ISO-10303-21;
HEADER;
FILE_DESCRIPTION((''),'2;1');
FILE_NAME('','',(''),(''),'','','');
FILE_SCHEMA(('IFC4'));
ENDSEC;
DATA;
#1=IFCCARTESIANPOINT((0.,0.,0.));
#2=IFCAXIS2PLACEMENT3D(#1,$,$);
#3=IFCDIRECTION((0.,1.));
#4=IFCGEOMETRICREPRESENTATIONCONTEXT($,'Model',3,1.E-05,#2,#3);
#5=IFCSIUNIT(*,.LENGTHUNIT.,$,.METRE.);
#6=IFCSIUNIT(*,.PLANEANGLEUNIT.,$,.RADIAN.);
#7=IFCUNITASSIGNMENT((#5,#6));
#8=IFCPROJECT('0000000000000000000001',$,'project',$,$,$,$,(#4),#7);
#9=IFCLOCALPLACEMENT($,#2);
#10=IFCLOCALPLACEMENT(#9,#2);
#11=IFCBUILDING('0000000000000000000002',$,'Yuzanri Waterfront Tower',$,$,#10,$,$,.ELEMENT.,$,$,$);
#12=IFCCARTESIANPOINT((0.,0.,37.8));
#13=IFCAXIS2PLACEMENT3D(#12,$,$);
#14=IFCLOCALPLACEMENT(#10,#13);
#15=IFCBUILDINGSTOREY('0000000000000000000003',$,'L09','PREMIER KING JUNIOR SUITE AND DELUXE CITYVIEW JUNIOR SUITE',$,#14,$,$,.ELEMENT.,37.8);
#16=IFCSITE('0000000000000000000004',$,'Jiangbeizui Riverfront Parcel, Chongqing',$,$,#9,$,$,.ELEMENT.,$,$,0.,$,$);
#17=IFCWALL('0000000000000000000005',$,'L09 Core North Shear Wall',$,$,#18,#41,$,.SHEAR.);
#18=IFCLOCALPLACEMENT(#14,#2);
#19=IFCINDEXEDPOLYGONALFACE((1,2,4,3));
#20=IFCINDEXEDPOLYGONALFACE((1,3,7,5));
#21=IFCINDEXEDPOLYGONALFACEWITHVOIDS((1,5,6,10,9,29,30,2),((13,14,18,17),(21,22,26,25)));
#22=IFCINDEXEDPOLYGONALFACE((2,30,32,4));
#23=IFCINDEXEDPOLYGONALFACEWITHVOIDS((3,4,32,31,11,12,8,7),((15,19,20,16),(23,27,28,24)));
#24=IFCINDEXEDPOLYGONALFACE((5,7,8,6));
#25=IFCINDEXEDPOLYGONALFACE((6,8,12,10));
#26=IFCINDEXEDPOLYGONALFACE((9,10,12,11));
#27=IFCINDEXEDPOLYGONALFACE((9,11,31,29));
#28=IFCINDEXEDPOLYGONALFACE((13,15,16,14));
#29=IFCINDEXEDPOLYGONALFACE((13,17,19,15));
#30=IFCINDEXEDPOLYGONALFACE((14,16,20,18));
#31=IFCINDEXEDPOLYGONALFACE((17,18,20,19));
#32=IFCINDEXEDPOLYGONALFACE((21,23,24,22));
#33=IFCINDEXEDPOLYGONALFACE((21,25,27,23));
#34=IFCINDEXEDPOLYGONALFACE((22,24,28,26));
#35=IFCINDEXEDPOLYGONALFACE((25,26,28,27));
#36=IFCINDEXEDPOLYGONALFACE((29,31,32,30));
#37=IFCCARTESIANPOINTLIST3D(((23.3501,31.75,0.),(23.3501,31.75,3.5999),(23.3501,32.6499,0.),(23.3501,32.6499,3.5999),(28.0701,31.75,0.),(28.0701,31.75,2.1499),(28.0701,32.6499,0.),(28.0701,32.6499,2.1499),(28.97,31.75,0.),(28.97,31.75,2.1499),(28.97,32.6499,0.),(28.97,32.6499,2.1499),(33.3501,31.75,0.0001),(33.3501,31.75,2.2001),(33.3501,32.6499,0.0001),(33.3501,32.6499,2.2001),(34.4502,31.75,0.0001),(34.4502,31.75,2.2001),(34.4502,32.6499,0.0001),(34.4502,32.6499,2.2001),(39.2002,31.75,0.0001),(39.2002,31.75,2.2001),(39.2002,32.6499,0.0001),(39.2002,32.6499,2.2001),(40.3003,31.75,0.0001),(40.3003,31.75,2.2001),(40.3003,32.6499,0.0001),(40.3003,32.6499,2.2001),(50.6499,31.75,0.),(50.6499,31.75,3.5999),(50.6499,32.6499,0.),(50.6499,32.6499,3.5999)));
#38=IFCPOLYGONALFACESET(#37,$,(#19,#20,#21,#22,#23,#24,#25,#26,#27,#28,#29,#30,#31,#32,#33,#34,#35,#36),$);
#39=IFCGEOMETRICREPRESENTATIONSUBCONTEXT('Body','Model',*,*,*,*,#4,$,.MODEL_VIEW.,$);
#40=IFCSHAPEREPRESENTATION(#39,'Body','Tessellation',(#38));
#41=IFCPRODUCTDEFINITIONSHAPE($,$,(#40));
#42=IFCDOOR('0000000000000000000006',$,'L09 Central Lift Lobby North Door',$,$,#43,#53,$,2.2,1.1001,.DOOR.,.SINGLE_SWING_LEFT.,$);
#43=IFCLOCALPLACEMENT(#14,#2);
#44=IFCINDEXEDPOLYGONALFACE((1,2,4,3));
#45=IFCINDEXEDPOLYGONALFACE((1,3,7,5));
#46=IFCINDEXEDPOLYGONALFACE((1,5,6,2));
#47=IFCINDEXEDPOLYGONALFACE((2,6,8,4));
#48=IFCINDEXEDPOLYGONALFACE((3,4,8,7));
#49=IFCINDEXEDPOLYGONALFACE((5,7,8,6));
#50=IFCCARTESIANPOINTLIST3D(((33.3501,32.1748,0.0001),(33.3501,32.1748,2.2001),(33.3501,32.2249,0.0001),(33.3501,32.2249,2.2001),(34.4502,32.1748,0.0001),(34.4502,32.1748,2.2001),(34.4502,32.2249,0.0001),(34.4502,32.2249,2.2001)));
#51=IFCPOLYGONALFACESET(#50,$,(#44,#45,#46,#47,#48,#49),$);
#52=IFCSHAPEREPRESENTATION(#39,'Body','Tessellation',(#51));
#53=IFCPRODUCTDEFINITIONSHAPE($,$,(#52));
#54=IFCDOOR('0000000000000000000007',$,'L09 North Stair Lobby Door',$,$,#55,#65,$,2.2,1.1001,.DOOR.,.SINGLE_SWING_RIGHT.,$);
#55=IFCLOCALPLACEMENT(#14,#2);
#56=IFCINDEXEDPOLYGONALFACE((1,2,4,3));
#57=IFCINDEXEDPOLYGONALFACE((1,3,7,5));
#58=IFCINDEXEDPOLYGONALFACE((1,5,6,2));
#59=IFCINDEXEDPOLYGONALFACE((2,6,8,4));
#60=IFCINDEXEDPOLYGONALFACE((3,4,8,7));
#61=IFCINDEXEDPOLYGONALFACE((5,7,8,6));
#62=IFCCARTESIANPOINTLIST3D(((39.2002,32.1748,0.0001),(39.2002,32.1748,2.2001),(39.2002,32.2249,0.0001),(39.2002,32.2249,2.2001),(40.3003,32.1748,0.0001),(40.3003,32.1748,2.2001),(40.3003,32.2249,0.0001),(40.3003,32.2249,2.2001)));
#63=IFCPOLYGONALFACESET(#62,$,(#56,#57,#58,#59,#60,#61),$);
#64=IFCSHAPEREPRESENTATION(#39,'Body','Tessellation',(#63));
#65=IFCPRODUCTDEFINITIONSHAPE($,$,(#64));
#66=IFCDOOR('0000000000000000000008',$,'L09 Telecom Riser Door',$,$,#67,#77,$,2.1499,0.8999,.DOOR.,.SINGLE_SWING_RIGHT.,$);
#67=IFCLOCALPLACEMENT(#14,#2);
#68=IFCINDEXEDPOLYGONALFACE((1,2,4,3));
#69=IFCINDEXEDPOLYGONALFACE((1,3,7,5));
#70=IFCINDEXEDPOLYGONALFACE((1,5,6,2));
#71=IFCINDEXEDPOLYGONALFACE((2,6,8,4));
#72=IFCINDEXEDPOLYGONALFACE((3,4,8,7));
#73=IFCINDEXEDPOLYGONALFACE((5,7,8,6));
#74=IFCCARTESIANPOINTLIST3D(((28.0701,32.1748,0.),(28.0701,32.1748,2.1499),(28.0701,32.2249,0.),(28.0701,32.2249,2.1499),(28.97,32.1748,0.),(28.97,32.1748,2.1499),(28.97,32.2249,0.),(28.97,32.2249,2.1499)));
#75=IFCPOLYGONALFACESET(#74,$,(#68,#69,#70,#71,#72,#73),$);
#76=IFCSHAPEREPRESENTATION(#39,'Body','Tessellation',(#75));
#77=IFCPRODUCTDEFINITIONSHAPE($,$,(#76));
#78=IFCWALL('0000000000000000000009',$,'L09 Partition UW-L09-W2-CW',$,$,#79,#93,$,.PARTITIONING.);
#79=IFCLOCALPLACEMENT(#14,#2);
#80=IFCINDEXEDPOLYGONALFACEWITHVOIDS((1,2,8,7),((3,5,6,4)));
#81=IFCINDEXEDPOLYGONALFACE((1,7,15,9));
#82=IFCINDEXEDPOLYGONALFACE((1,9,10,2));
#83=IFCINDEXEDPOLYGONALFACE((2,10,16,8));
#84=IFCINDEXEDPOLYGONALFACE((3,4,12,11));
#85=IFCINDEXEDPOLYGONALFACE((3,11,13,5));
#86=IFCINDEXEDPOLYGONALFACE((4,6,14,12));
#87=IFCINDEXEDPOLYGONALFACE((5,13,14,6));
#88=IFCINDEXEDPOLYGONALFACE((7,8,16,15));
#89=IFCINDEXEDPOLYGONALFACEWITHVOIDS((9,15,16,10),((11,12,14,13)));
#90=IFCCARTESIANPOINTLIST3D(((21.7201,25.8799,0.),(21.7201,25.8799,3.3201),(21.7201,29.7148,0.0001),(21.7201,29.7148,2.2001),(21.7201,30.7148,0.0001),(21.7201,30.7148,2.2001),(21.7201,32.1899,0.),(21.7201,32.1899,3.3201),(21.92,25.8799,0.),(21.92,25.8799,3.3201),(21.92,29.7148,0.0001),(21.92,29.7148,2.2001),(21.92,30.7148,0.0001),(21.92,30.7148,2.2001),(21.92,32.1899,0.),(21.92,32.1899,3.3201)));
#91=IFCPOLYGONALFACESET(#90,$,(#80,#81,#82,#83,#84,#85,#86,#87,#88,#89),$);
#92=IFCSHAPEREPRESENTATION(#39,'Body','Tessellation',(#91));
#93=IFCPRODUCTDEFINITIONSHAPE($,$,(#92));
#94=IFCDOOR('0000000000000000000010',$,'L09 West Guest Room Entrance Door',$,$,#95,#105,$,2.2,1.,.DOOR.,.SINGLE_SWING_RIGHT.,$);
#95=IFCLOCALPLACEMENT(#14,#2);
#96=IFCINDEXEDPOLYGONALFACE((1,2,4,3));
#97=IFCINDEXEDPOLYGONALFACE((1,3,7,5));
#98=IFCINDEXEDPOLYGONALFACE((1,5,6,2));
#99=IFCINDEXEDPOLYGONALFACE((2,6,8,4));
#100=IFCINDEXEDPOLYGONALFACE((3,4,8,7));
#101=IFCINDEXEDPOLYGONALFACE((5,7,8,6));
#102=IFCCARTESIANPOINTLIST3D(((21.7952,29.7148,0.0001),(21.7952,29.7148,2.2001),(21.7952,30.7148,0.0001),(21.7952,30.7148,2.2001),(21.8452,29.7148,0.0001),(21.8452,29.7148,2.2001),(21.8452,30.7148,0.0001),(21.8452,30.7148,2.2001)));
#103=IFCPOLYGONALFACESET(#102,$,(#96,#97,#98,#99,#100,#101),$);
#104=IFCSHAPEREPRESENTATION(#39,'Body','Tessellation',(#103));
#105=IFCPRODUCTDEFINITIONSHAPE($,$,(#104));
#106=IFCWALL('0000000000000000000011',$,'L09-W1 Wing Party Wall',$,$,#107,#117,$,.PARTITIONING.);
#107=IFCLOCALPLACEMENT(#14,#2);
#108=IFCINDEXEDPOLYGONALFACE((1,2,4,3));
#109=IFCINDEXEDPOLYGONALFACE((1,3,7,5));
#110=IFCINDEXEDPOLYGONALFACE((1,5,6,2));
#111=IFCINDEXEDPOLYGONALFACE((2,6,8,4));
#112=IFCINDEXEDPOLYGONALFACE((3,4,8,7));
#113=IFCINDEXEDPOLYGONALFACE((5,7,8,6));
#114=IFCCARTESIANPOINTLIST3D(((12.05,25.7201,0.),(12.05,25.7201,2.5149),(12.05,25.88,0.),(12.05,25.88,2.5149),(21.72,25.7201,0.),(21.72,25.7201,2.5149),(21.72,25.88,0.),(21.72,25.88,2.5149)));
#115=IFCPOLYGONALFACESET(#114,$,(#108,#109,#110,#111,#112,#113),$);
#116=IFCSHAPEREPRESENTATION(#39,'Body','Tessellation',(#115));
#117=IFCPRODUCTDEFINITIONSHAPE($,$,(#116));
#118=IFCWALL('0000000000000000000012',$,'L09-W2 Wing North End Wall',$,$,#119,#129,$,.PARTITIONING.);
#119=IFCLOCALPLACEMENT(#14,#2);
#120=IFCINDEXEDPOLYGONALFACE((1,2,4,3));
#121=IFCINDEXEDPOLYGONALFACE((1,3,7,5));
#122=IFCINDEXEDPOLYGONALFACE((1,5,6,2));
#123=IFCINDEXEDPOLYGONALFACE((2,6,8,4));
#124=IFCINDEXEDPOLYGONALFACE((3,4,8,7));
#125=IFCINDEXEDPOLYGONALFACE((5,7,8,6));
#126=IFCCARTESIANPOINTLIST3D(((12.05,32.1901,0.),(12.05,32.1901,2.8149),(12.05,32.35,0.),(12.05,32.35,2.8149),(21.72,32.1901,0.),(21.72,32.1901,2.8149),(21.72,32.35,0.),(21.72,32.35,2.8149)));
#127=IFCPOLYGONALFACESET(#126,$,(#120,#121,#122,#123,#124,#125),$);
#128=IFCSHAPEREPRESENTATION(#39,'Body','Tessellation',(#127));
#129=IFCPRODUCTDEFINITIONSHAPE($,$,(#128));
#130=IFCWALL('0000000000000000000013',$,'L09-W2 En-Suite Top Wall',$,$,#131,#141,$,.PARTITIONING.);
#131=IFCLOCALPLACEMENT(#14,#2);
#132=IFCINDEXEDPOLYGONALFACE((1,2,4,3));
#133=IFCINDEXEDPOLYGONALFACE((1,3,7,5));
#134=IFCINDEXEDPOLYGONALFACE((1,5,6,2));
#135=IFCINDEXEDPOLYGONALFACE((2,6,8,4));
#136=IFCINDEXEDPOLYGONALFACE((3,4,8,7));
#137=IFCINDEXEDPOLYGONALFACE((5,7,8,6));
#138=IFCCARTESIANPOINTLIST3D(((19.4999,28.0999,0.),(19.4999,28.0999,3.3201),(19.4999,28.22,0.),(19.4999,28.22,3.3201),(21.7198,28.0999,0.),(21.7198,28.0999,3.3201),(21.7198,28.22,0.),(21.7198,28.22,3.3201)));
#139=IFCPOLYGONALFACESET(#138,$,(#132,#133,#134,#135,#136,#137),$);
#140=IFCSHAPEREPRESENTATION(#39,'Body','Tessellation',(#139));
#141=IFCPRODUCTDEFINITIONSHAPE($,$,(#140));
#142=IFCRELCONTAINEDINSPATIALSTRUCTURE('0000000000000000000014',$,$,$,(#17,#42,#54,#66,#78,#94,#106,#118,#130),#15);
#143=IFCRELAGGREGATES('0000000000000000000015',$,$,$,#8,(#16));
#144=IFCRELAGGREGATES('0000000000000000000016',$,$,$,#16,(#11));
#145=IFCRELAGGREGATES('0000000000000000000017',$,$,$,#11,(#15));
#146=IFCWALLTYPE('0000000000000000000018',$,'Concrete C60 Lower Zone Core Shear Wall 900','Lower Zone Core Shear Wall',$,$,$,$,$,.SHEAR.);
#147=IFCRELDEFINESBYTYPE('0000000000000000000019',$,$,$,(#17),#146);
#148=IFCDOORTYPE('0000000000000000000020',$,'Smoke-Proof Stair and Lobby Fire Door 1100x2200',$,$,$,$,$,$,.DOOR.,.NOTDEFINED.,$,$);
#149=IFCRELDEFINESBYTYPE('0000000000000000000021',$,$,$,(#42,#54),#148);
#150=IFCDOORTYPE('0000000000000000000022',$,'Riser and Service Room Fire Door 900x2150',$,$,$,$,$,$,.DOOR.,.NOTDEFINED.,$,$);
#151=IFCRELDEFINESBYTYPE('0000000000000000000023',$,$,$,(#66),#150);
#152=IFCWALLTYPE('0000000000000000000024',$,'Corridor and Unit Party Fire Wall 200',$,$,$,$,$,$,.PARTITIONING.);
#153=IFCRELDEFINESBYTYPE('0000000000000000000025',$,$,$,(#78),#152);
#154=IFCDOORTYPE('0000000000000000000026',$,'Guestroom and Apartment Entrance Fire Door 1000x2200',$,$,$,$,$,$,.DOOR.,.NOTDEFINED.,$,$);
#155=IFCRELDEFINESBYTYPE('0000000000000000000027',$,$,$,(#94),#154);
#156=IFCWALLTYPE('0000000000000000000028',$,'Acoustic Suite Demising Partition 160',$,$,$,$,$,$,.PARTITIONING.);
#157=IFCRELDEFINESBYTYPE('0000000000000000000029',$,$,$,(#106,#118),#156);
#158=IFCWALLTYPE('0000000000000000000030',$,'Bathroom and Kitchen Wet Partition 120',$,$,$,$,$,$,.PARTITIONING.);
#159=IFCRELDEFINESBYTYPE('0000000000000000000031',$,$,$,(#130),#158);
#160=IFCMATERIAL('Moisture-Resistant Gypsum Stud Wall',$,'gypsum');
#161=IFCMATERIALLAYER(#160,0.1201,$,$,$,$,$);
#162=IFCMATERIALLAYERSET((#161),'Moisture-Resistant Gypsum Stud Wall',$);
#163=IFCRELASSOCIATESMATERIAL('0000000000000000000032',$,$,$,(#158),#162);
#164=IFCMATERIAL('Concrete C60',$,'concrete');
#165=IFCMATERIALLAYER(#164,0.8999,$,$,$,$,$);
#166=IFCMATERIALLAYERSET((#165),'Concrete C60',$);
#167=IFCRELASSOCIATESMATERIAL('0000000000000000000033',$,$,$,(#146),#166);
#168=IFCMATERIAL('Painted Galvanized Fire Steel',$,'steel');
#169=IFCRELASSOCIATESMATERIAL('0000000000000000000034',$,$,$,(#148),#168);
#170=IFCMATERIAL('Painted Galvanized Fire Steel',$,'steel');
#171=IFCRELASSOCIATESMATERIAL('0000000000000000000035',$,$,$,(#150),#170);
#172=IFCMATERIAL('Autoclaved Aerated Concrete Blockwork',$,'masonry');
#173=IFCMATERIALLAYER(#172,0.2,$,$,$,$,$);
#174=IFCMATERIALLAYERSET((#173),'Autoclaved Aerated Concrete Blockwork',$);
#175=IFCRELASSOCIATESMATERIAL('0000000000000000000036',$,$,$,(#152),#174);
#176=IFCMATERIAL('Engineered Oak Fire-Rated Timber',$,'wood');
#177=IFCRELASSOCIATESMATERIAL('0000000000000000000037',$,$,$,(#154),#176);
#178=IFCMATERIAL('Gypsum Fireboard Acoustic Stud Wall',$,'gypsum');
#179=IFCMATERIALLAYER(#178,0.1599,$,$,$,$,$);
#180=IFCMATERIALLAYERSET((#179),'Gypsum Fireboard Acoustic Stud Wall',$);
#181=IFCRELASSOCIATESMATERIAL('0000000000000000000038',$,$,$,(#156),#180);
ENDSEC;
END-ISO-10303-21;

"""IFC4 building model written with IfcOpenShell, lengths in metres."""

from ifc_helpers import new_model, si_unit, direction, frame, frame_2d, origin, place, context, subcontext, project, spatial, rectangle, extrude, source, transform, mapped, material, layer, layer_set, type_object, element, fill, save


model = new_model("IFC4")

# Units and contexts
model_context = context("Model", 3, precision=1e-05, world=origin(), true_north=direction((0.0, 1.0)))
body_context = subcontext(model_context, "Body", "Model", "MODEL_VIEW")
ifc_project = project(units=[si_unit("LENGTHUNIT", "METRE"), si_unit("PLANEANGLEUNIT", "RADIAN")], contexts=[model_context])

# Site, building, storey
site_placement = place(None, origin())
site = spatial("IfcSite", under=ifc_project, at=site_placement, Name="Jiangbeizui Riverfront Parcel, Chongqing", CompositionType="ELEMENT", RefElevation=0.0)
building_placement = place(site_placement, origin())
building = spatial("IfcBuilding", under=site, at=building_placement, Name="Yuzanri Waterfront Tower", CompositionType="ELEMENT")
storey_placement = place(building_placement, frame((0.0, 0.0, 37.8)))
storey = spatial("IfcBuildingStorey", under=building, at=storey_placement, Name="L09", Description="PREMIER KING JUNIOR SUITE AND DELUXE CITYVIEW JUNIOR SUITE", CompositionType="ELEMENT", Elevation=37.8)

# Shared definitions
ifc_material_1 = material(Name="Moisture-Resistant Gypsum Stud Wall", Category="gypsum")
ifc_layer_1 = layer(ifc_material_1, 0.1201)
ifc_layer_set_1 = layer_set([ifc_layer_1], Name="Moisture-Resistant Gypsum Stud Wall")
wall_type_1 = type_object("IfcWallType", Name="Bathroom and Kitchen Wet Partition 120", PredefinedType="PARTITIONING", material=ifc_layer_set_1)

# Wall, openings, doors
ifc_material_2 = material(Name="Concrete C60", Category="concrete")
ifc_layer_2 = layer(ifc_material_2, 0.8999)
ifc_layer_set_2 = layer_set([ifc_layer_2], Name="Concrete C60")
wall_type_2 = type_object("IfcWallType", Name="Concrete C60 Lower Zone Core Shear Wall 900", Description="Lower Zone Core Shear Wall", PredefinedType="SHEAR", material=ifc_layer_set_2)
wall_1_placement = place(storey_placement, frame((23.3501, 32.2, 0.0), z_axis=(0.0, 0.0, 1.0), x_axis=(1.0, 0.0, 0.0)))
wall_1 = element("IfcWall", 1, at=wall_1_placement, inside=storey, type_object=wall_type_2, Name="L09 Core North Shear Wall", PredefinedType="SHEAR", context=body_context, shape_type="SweptSolid", body=[
    extrude(rectangle(XDim=27.2998, YDim=0.8999, at=frame_2d((13.6499, 0.0))), origin(), (0.0, 0.0, 1.0), 3.5999),
])
opening_1_placement = place(wall_1_placement, frame((4.72, 0.0, 0.0)))
opening_1 = element("IfcOpeningElement", 2, at=opening_1_placement, cuts=wall_1, PredefinedType="OPENING", context=body_context, shape_type="SweptSolid", body=[
    extrude(rectangle(XDim=0.8999, YDim=2.1499, at=frame_2d((0.45, 1.075))), frame((0.0, 0.4648, 0.0), z_axis=(0.0, -1.0, 0.0), x_axis=(1.0, 0.0, 0.0)), (0.0, 0.0, 1.0), 0.9297),
])
opening_2_placement = place(wall_1_placement, frame((10.0, 0.0, 0.0)))
opening_2 = element("IfcOpeningElement", 3, at=opening_2_placement, cuts=wall_1, PredefinedType="OPENING", context=body_context, shape_type="SweptSolid", body=[
    extrude(rectangle(XDim=1.1001, YDim=2.2, at=frame_2d((0.55, 1.1001))), frame((0.0, 0.4648, 0.0), z_axis=(0.0, -1.0, 0.0), x_axis=(1.0, 0.0, 0.0)), (0.0, 0.0, 1.0), 0.9297),
])
opening_3_placement = place(wall_1_placement, frame((15.8501, 0.0, 0.0)))
opening_3 = element("IfcOpeningElement", 4, at=opening_3_placement, cuts=wall_1, PredefinedType="OPENING", context=body_context, shape_type="SweptSolid", body=[
    extrude(rectangle(XDim=1.1001, YDim=2.2, at=frame_2d((0.55, 1.1001))), frame((0.0, 0.4648, 0.0), z_axis=(0.0, -1.0, 0.0), x_axis=(1.0, 0.0, 0.0)), (0.0, 0.0, 1.0), 0.9297),
])
ifc_material_3 = material(Name="Painted Galvanized Fire Steel", Category="steel")
door_type_1 = type_object("IfcDoorType", Name="Smoke-Proof Stair and Lobby Fire Door 1100x2200", OperationType="NOTDEFINED", PredefinedType="DOOR", material=ifc_material_3)
shared_shape_1 = source(origin(), body_context, "Body", "SweptSolid", [
    extrude(rectangle(XDim=1.1001, YDim=2.2, at=frame_2d((0.55, 1.1001))), frame((0.0, 0.0249, 0.0), z_axis=(0.0, -1.0, 0.0), x_axis=(1.0, 0.0, 0.0)), (0.0, 0.0, 1.0), 0.05),
])
door_1_placement = place(opening_2_placement, origin())
door_1 = element("IfcDoor", 5, at=door_1_placement, inside=storey, type_object=door_type_1, Name="L09 Central Lift Lobby North Door", OperationType="SINGLE_SWING_LEFT", OverallHeight=2.2, OverallWidth=1.1001, PredefinedType="DOOR", context=body_context, shape_type="MappedRepresentation", body=[
    mapped(shared_shape_1, transform((0.0, 0.0, 0.0), scale=1.0)),
])
fill(opening_2, door_1)
door_2_placement = place(opening_3_placement, origin())
door_2 = element("IfcDoor", 6, at=door_2_placement, inside=storey, type_object=door_type_1, Name="L09 North Stair Lobby Door", OperationType="SINGLE_SWING_RIGHT", OverallHeight=2.2, OverallWidth=1.1001, PredefinedType="DOOR", context=body_context, shape_type="MappedRepresentation", body=[
    mapped(shared_shape_1, transform((0.0, 0.0, 0.0), scale=1.0)),
])
fill(opening_3, door_2)
ifc_material_4 = material(Name="Painted Galvanized Fire Steel", Category="steel")
door_type_2 = type_object("IfcDoorType", Name="Riser and Service Room Fire Door 900x2150", OperationType="NOTDEFINED", PredefinedType="DOOR", material=ifc_material_4)
shared_shape_2 = source(origin(), body_context, "Body", "SweptSolid", [
    extrude(rectangle(XDim=0.8999, YDim=2.1499, at=frame_2d((0.45, 1.075))), frame((0.0, 0.0249, 0.0), z_axis=(0.0, -1.0, 0.0), x_axis=(1.0, 0.0, 0.0)), (0.0, 0.0, 1.0), 0.05),
])
door_3_placement = place(opening_1_placement, origin())
door_3 = element("IfcDoor", 7, at=door_3_placement, inside=storey, type_object=door_type_2, Name="L09 Telecom Riser Door", OperationType="SINGLE_SWING_RIGHT", OverallHeight=2.1499, OverallWidth=0.8999, PredefinedType="DOOR", context=body_context, shape_type="MappedRepresentation", body=[
    mapped(shared_shape_2, transform((0.0, 0.0, 0.0), scale=1.0)),
])
fill(opening_1, door_3)

# Wall, opening, door
ifc_material_5 = material(Name="Autoclaved Aerated Concrete Blockwork", Category="masonry")
ifc_layer_3 = layer(ifc_material_5, 0.2)
ifc_layer_set_3 = layer_set([ifc_layer_3], Name="Autoclaved Aerated Concrete Blockwork")
wall_type_3 = type_object("IfcWallType", Name="Corridor and Unit Party Fire Wall 200", PredefinedType="PARTITIONING", material=ifc_layer_set_3)
wall_2_placement = place(storey_placement, frame((21.8201, 25.8799, 0.0), z_axis=(0.0, 0.0, 1.0), x_axis=(0.0, 1.0, 0.0)))
wall_2 = element("IfcWall", 8, at=wall_2_placement, inside=storey, type_object=wall_type_3, Name="L09 Partition UW-L09-W2-CW", PredefinedType="PARTITIONING", context=body_context, shape_type="SweptSolid", body=[
    extrude(rectangle(XDim=6.3101, YDim=0.2, at=frame_2d((3.155, 0.0))), origin(), (0.0, 0.0, 1.0), 3.3201),
])
opening_4_placement = place(wall_2_placement, frame((3.835, 0.0, 0.0)))
opening_4 = element("IfcOpeningElement", 9, at=opening_4_placement, cuts=wall_2, PredefinedType="OPENING", context=body_context, shape_type="SweptSolid", body=[
    extrude(rectangle(XDim=1.0, YDim=2.2, at=frame_2d((0.5, 1.1001))), frame((0.0, 0.1147, 0.0), z_axis=(0.0, -1.0, 0.0), x_axis=(1.0, 0.0, 0.0)), (0.0, 0.0, 1.0), 0.2297),
])
ifc_material_6 = material(Name="Engineered Oak Fire-Rated Timber", Category="wood")
door_type_3 = type_object("IfcDoorType", Name="Guestroom and Apartment Entrance Fire Door 1000x2200", OperationType="NOTDEFINED", PredefinedType="DOOR", material=ifc_material_6)
shared_shape_3 = source(origin(), body_context, "Body", "SweptSolid", [
    extrude(rectangle(XDim=1.0, YDim=2.2, at=frame_2d((0.5, 1.1001))), frame((0.0, 0.0249, 0.0), z_axis=(0.0, -1.0, 0.0), x_axis=(1.0, 0.0, 0.0)), (0.0, 0.0, 1.0), 0.05),
])
door_4_placement = place(opening_4_placement, origin())
door_4 = element("IfcDoor", 10, at=door_4_placement, inside=storey, type_object=door_type_3, Name="L09 West Guest Room Entrance Door", OperationType="SINGLE_SWING_RIGHT", OverallHeight=2.2, OverallWidth=1.0, PredefinedType="DOOR", context=body_context, shape_type="MappedRepresentation", body=[
    mapped(shared_shape_3, transform((0.0, 0.0, 0.0), scale=1.0)),
])
fill(opening_4, door_4)

# Walls
ifc_material_7 = material(Name="Gypsum Fireboard Acoustic Stud Wall", Category="gypsum")
ifc_layer_4 = layer(ifc_material_7, 0.1599)
ifc_layer_set_4 = layer_set([ifc_layer_4], Name="Gypsum Fireboard Acoustic Stud Wall")
wall_type_4 = type_object("IfcWallType", Name="Acoustic Suite Demising Partition 160", PredefinedType="PARTITIONING", material=ifc_layer_set_4)
shared_shape_4 = source(origin(), body_context, "Body", "SweptSolid", [
    extrude(rectangle(XDim=9.6699, YDim=0.1599, at=frame_2d((4.835, 0.0))), origin(), (0.0, 0.0, 1.0), 2.5149),
])
wall_3_placement = place(storey_placement, frame((12.05, 25.8, 0.0), z_axis=(0.0, 0.0, 1.0), x_axis=(1.0, 0.0, 0.0)))
element("IfcWall", 11, at=wall_3_placement, inside=storey, type_object=wall_type_4, Name="L09-W1 Wing Party Wall", PredefinedType="PARTITIONING", context=body_context, shape_type="MappedRepresentation", body=[
    mapped(shared_shape_4, transform((0.0, 0.0, 0.0), scale=1.0)),
])
shared_shape_5 = source(origin(), body_context, "Body", "SweptSolid", [
    extrude(rectangle(XDim=9.6699, YDim=0.1599, at=frame_2d((4.835, 0.0))), origin(), (0.0, 0.0, 1.0), 2.8149),
])
wall_4_placement = place(storey_placement, frame((12.05, 32.27, 0.0), z_axis=(0.0, 0.0, 1.0), x_axis=(1.0, 0.0, 0.0)))
element("IfcWall", 12, at=wall_4_placement, inside=storey, type_object=wall_type_4, Name="L09-W2 Wing North End Wall", PredefinedType="PARTITIONING", context=body_context, shape_type="MappedRepresentation", body=[
    mapped(shared_shape_5, transform((0.0, 0.0, 0.0), scale=1.0)),
])
shared_shape_6 = source(origin(), body_context, "Body", "SweptSolid", [
    extrude(rectangle(XDim=2.22, YDim=0.1201, at=frame_2d((1.1099, 0.0))), origin(), (0.0, 0.0, 1.0), 3.3201),
])
wall_5_placement = place(storey_placement, frame((19.5, 28.1599, 0.0), z_axis=(0.0, 0.0, 1.0), x_axis=(1.0, 0.0, 0.0)))
element("IfcWall", 13, at=wall_5_placement, inside=storey, type_object=wall_type_1, Name="L09-W2 En-Suite Top Wall", PredefinedType="PARTITIONING", context=body_context, shape_type="MappedRepresentation", body=[
    mapped(shared_shape_6, transform((0.0, 0.0, 0.0), scale=1.0)),
])

save(model, "model.ifc")
